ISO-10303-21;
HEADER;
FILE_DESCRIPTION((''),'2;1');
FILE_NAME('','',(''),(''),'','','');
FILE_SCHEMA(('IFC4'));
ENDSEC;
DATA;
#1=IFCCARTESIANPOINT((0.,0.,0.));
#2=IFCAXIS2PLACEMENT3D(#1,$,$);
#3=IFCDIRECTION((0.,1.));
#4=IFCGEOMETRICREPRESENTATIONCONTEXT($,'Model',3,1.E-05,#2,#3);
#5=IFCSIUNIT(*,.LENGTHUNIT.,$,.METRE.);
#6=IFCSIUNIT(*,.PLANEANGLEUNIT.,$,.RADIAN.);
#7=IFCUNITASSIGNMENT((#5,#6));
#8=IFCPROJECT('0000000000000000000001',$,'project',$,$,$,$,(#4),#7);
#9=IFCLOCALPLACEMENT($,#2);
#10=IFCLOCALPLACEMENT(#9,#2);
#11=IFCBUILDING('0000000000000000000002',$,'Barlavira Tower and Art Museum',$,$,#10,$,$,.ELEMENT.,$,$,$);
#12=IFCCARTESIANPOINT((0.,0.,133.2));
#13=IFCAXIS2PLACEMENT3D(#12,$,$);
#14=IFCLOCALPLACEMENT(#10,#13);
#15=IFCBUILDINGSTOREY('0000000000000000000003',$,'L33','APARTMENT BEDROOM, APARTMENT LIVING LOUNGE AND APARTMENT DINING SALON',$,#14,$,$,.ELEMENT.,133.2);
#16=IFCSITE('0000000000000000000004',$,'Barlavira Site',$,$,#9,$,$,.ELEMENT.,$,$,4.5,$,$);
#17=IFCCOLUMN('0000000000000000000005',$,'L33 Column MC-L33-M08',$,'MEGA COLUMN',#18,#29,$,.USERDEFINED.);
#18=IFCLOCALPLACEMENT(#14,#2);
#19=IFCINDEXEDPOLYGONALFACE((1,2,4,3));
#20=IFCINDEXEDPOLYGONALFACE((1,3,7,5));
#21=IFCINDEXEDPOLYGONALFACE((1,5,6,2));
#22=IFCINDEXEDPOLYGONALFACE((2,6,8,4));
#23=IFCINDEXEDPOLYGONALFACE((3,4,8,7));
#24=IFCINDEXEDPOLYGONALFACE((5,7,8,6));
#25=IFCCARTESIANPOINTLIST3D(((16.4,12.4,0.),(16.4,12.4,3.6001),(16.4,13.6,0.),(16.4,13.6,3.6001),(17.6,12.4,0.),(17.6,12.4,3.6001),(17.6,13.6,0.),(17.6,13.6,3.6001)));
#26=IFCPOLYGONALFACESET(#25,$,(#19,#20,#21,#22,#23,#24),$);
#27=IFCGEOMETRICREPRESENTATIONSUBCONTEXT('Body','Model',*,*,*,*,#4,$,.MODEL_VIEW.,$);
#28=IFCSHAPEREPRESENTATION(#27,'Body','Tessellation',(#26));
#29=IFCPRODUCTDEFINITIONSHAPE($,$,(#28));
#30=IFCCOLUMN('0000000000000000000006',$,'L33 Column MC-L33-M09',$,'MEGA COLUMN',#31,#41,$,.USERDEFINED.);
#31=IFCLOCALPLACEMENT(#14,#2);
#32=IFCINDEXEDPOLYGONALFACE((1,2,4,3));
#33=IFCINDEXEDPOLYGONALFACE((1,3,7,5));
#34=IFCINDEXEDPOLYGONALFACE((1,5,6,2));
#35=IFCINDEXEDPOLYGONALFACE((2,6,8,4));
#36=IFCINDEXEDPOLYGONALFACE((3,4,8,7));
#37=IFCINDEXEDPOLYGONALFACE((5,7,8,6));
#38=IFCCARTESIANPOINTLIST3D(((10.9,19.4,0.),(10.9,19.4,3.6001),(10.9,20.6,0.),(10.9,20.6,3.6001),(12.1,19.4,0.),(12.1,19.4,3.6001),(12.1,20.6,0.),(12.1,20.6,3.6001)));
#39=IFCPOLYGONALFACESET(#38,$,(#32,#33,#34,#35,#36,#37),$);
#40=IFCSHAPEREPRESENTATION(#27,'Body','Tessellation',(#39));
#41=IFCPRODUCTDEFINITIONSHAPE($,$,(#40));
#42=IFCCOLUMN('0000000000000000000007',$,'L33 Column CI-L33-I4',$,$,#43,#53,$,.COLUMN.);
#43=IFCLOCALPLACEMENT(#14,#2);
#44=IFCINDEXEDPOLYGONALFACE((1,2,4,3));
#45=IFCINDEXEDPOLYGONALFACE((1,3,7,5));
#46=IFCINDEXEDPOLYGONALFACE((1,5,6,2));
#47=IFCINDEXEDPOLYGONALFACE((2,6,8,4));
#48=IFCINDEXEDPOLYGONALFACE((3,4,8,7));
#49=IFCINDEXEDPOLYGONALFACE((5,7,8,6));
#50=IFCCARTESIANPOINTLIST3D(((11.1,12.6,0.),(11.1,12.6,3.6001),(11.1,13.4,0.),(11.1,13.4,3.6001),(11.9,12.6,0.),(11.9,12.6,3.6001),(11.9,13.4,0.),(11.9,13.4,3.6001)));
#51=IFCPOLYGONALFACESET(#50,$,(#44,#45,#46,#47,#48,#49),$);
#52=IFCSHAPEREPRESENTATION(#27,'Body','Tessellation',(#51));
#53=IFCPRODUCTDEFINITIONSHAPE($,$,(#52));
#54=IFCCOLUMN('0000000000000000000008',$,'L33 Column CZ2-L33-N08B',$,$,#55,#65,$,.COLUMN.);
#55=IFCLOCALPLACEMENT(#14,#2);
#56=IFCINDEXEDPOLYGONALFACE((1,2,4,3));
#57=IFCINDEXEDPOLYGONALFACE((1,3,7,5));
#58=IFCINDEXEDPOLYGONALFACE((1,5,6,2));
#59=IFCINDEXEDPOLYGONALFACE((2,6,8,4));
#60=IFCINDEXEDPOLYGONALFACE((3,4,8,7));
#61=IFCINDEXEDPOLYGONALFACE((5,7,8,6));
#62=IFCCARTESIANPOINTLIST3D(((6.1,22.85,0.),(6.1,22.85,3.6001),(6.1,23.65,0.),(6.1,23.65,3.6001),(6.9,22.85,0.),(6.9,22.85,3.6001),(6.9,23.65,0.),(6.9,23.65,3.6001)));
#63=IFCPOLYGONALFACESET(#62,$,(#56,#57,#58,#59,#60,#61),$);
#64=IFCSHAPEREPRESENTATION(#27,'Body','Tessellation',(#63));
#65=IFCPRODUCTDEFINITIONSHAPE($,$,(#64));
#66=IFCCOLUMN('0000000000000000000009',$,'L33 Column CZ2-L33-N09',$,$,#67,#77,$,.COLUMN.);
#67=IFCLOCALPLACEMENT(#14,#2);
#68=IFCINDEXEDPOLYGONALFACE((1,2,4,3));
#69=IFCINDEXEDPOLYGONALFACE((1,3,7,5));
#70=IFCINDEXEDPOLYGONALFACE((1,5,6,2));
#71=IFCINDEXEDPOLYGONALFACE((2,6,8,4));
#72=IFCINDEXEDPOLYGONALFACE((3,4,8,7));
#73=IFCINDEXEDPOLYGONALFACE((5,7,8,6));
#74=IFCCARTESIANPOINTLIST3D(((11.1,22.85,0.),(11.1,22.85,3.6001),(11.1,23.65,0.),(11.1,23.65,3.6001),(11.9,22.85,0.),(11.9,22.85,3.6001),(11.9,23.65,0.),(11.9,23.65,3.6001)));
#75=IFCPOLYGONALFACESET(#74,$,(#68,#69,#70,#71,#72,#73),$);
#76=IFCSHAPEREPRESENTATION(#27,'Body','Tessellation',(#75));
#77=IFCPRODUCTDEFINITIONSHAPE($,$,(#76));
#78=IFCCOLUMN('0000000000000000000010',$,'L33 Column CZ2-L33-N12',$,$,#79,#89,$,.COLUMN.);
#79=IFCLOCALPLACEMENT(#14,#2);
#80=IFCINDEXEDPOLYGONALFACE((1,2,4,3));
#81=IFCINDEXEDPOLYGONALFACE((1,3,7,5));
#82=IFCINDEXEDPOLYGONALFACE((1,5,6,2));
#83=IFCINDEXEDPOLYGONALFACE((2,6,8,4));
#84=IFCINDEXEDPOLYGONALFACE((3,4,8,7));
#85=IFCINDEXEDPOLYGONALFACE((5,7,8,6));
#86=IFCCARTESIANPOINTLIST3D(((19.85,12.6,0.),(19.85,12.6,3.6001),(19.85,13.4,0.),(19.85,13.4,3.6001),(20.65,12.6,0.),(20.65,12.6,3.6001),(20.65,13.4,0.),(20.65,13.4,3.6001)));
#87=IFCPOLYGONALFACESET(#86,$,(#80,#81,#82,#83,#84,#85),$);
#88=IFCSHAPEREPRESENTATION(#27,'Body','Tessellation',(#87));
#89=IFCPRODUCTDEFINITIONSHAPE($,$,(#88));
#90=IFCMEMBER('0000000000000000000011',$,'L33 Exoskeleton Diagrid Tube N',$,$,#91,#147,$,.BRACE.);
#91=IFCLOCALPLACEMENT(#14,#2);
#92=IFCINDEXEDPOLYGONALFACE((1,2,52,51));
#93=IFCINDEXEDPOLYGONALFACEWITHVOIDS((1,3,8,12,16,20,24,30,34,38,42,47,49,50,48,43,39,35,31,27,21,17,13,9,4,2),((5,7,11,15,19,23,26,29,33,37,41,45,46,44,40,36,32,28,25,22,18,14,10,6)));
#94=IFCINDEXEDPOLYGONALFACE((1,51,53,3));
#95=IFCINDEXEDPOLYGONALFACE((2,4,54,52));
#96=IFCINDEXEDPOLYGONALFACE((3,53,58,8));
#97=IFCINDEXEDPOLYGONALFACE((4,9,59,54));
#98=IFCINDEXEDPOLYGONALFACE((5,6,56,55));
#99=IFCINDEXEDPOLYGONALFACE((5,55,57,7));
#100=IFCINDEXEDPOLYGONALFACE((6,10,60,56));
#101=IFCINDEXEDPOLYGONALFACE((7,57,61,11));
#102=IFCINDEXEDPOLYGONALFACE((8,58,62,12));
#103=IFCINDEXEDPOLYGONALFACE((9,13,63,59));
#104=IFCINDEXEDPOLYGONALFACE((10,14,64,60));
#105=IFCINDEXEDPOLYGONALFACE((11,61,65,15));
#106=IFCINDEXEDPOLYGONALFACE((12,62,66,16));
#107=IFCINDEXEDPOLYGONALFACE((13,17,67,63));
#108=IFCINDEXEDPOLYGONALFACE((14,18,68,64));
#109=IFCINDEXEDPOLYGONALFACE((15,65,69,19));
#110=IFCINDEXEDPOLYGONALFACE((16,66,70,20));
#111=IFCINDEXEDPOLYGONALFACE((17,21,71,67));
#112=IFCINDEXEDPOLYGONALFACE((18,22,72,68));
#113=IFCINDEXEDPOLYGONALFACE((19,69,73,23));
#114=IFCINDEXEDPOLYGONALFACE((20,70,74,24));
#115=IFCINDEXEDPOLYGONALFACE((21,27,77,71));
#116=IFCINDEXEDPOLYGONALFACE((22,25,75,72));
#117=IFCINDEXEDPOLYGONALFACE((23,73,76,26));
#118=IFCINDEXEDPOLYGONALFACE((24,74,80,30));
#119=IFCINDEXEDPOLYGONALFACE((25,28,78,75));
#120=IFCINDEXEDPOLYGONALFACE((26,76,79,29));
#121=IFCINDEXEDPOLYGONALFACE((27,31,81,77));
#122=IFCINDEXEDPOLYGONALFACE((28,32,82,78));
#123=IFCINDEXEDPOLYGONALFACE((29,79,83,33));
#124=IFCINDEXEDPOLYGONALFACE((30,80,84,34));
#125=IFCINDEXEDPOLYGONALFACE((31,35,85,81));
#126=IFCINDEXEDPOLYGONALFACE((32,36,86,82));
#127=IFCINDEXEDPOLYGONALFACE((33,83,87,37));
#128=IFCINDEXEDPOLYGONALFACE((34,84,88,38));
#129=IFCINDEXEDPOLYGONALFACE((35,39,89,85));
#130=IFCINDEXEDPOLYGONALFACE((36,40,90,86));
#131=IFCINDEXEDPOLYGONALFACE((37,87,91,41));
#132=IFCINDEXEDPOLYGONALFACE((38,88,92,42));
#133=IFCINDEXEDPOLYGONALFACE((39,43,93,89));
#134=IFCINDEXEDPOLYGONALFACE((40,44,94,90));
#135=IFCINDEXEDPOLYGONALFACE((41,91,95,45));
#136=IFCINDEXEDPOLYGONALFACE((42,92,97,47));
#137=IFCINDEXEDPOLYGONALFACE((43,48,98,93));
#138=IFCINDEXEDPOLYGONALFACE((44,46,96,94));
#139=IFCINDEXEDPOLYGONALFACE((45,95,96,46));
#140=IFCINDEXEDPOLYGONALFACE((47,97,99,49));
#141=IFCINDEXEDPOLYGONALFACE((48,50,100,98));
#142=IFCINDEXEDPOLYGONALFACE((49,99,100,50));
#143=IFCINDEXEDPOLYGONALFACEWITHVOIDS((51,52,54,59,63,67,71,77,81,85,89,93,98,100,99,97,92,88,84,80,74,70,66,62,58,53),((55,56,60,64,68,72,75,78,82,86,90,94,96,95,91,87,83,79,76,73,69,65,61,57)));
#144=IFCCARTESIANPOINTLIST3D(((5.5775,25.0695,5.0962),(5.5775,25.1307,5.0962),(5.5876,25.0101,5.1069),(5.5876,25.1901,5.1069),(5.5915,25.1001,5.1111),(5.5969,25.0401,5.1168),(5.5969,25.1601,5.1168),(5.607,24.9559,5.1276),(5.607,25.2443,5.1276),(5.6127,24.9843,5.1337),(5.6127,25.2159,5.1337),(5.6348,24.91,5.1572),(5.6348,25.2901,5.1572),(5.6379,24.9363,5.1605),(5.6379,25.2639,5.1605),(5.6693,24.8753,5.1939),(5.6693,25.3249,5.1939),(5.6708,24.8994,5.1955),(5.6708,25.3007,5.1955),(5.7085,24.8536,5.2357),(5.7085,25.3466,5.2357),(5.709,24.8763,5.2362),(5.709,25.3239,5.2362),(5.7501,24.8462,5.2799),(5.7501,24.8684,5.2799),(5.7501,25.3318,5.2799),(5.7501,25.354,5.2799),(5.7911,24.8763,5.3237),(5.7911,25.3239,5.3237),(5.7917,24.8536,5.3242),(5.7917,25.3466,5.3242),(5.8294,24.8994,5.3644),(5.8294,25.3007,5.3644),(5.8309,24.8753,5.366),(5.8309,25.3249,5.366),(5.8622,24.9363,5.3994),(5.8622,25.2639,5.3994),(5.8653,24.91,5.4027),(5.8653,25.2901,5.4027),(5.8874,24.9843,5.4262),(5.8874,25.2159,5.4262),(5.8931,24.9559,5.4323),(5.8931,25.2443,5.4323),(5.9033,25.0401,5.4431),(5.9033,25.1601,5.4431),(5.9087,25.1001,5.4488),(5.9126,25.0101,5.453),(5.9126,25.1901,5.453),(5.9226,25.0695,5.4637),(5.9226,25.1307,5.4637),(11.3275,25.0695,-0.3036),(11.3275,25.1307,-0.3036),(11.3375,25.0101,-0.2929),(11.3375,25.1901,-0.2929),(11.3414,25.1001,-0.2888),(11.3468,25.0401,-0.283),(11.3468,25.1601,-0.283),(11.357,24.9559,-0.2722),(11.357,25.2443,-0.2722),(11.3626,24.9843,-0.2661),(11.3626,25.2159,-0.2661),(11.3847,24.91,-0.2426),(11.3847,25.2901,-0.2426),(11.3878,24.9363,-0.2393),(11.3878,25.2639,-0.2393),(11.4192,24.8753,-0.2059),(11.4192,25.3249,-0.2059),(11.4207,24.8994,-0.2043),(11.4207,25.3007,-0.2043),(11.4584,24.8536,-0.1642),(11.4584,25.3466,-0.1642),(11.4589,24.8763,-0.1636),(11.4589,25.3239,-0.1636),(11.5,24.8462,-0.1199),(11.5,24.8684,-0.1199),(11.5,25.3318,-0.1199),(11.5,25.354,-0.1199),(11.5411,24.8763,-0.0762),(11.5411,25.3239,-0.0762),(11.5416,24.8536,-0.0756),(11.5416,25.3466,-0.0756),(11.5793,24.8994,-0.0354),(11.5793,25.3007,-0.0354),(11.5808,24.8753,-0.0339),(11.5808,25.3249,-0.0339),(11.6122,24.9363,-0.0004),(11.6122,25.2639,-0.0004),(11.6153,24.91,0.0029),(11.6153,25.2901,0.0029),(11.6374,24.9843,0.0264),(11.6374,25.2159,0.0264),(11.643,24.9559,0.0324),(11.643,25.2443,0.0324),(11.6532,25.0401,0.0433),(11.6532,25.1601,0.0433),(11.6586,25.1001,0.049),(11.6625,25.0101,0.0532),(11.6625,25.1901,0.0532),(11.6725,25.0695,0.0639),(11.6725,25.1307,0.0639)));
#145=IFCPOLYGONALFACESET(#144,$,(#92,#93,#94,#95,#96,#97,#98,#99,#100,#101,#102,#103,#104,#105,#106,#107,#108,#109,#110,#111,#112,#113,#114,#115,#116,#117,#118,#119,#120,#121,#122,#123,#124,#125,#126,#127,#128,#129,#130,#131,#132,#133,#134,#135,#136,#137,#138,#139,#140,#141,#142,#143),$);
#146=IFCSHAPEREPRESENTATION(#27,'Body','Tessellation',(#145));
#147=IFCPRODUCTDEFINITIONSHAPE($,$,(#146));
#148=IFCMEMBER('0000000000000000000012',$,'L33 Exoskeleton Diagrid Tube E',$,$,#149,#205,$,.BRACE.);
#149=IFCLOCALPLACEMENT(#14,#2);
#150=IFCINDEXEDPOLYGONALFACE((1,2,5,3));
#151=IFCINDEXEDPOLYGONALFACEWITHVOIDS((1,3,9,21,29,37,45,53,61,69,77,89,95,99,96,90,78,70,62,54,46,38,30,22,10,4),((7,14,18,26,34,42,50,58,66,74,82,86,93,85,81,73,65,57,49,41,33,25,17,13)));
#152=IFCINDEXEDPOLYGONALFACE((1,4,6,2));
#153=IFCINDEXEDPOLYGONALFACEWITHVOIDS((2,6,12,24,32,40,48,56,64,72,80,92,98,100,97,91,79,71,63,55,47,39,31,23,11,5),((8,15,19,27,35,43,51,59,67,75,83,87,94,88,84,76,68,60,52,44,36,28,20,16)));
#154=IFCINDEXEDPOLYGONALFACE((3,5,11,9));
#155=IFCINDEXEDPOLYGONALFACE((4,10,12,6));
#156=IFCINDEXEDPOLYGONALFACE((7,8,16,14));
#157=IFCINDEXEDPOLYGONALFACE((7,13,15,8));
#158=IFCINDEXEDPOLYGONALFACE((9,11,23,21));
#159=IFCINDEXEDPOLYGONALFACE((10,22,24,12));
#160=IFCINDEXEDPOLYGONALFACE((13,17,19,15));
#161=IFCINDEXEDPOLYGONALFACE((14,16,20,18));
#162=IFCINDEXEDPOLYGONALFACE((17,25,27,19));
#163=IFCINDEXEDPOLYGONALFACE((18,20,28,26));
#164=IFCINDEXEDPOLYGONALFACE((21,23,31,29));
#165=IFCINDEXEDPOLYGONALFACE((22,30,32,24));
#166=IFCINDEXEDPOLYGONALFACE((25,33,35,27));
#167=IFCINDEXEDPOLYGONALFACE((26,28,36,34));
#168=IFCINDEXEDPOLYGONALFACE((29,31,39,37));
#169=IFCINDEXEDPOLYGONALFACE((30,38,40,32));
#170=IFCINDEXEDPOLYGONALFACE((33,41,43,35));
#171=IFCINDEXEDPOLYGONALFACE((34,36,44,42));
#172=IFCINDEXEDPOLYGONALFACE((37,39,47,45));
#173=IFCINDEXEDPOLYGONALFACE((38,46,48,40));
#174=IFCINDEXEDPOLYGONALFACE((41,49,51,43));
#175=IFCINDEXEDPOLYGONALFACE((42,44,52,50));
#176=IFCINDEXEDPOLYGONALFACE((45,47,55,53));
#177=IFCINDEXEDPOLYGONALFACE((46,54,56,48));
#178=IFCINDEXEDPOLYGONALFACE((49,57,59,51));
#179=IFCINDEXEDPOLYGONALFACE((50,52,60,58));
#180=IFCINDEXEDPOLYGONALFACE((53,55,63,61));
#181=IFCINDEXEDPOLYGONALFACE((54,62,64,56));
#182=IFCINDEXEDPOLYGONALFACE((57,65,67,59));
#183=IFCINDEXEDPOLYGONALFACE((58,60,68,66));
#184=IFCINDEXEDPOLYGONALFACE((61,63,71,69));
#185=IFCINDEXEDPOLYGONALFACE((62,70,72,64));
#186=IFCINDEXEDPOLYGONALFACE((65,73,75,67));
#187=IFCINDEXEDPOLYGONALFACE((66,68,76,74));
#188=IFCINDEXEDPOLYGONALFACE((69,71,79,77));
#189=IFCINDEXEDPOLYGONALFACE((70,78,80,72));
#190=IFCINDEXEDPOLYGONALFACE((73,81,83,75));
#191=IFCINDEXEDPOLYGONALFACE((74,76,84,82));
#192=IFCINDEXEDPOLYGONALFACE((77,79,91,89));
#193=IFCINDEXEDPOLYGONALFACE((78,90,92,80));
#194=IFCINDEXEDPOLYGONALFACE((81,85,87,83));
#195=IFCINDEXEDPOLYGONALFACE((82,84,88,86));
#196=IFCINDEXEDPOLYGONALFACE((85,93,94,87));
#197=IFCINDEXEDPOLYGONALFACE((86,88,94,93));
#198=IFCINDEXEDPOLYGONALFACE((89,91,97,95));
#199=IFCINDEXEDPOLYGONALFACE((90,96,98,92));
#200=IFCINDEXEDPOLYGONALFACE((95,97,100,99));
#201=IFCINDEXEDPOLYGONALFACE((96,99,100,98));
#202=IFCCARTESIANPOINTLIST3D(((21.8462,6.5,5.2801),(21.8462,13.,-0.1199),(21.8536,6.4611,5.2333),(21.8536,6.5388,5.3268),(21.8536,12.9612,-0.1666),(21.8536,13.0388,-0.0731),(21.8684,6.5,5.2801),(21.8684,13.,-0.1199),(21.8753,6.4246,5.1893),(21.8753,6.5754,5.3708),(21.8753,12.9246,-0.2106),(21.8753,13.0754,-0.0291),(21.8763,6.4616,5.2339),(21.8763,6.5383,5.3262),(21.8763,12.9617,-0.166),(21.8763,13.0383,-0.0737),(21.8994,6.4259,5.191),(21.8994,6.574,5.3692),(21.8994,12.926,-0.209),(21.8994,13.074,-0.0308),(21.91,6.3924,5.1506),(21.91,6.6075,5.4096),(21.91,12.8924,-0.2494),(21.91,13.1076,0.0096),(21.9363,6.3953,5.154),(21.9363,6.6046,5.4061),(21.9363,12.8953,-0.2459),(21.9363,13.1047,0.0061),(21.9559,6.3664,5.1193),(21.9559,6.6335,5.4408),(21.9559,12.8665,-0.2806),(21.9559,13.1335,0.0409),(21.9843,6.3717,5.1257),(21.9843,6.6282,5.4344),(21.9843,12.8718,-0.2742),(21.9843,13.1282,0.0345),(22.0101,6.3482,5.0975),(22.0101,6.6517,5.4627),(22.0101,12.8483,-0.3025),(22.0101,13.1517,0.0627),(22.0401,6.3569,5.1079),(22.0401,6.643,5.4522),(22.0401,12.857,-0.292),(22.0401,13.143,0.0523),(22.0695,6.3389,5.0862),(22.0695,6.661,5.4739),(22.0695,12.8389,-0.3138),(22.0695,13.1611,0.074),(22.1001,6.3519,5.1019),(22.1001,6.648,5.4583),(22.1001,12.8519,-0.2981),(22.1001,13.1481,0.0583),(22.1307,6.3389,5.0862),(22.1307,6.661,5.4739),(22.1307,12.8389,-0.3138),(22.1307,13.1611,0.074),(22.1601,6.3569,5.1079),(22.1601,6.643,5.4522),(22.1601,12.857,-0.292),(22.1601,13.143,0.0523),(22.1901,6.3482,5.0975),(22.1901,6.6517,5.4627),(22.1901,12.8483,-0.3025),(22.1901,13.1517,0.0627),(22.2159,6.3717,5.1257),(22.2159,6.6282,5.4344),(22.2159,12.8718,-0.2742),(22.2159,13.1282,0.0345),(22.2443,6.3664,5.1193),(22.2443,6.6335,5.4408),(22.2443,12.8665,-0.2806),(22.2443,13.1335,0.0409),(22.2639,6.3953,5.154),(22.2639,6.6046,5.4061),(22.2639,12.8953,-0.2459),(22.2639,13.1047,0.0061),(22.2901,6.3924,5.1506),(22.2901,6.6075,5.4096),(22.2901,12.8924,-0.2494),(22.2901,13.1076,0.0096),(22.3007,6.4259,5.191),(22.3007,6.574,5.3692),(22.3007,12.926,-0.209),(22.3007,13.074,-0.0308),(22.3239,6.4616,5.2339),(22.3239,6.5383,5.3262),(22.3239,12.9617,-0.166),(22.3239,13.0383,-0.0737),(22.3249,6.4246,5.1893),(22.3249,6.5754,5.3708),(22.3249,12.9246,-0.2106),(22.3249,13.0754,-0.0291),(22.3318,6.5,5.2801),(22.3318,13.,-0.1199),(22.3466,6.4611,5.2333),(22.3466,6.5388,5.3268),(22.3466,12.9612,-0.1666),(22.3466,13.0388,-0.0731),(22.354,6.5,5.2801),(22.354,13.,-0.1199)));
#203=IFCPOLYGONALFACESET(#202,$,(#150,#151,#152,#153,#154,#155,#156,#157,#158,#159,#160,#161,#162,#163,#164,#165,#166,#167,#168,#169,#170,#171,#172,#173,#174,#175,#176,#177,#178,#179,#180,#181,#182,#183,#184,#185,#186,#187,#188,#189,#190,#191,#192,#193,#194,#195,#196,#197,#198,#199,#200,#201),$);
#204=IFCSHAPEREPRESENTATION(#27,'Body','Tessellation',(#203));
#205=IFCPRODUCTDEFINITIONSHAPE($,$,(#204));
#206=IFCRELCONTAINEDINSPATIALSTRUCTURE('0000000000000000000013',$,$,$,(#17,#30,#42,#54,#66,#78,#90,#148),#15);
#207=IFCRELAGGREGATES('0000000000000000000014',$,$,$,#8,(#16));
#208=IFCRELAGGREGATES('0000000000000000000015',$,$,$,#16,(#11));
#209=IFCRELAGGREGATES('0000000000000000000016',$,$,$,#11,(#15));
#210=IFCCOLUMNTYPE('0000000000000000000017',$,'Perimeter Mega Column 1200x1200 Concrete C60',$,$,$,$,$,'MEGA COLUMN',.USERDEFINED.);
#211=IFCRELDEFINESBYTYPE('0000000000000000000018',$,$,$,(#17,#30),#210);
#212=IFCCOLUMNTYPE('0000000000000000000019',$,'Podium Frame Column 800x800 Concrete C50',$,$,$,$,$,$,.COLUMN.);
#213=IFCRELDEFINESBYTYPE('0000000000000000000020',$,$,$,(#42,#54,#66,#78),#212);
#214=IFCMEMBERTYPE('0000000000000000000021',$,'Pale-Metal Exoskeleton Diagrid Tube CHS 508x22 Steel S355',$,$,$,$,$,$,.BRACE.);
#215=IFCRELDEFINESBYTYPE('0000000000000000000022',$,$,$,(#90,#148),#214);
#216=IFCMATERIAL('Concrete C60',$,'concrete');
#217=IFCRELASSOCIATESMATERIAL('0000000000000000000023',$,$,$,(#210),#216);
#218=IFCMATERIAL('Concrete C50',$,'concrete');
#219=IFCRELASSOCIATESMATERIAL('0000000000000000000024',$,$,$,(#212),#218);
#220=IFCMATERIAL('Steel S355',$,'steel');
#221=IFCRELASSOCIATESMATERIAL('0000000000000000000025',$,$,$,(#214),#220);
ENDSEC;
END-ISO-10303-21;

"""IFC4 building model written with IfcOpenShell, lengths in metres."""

from ifc_helpers import new_model, si_unit, direction, frame, origin, origin_2d, place, context, subcontext, project, spatial, rectangle, hollow_circle, extrude, material, material_profile, profile_set, type_object, element, save


model = new_model("IFC4")

# Units and contexts
model_context = context("Model", 3, precision=1e-05, world=origin(), true_north=direction((0.0, 1.0)))
body_context = subcontext(model_context, "Body", "Model", "MODEL_VIEW")
ifc_project = project(units=[si_unit("LENGTHUNIT", "METRE"), si_unit("PLANEANGLEUNIT", "RADIAN")], contexts=[model_context])

# Site, building, storey
site_placement = place(None, origin())
site = spatial("IfcSite", under=ifc_project, at=site_placement, Name="Barlavira Site", CompositionType="ELEMENT", RefElevation=4.5)
building_placement = place(site_placement, origin())
building = spatial("IfcBuilding", under=site, at=building_placement, Name="Barlavira Tower and Art Museum", CompositionType="ELEMENT")
storey_placement = place(building_placement, frame((0.0, 0.0, 133.2)))
storey = spatial("IfcBuildingStorey", under=building, at=storey_placement, Name="L33", Description="APARTMENT BEDROOM, APARTMENT LIVING LOUNGE AND APARTMENT DINING SALON", CompositionType="ELEMENT", Elevation=133.2)

# Columns
ifc_material_1 = material(Name="Concrete C60", Category="concrete")
ifc_material_profile_1 = material_profile(ifc_material_1, rectangle(XDim=1.2, YDim=1.2, at=origin_2d()), Name="RC-COL 1200x1200")
ifc_profile_set_1 = profile_set([ifc_material_profile_1], Name="Concrete C60")
column_type_1 = type_object("IfcColumnType", Name="Perimeter Mega Column 1200x1200 Concrete C60", ElementType="MEGA COLUMN", PredefinedType="USERDEFINED", material=ifc_profile_set_1)
for number, where, z_axis, x_axis, name in (
    (1, (17.0, 13.0, 0.0), (0.0, 0.0, 1.0), (1.0, 0.0, 0.0), "L33 Column MC-L33-M08"),
    (2, (11.5, 20.0, 0.0), (0.0, 0.0, 1.0), (1.0, 0.0, 0.0), "L33 Column MC-L33-M09"),
):
    element("IfcColumn", number, at=place(storey_placement, frame(where, z_axis=z_axis, x_axis=x_axis)), inside=storey, type_object=column_type_1, Name=name, ObjectType="MEGA COLUMN", PredefinedType="USERDEFINED", context=body_context, shape_type="SweptSolid", body=[
        extrude(rectangle(XDim=1.2, YDim=1.2, at=origin_2d()), origin(), (0.0, 0.0, 1.0), 3.6001),
    ])
ifc_material_2 = material(Name="Concrete C50", Category="concrete")
ifc_material_profile_2 = material_profile(ifc_material_2, rectangle(XDim=0.8, YDim=0.8, at=origin_2d()), Name="RC-COL 800x800")
ifc_profile_set_2 = profile_set([ifc_material_profile_2], Name="Concrete C50")
column_type_2 = type_object("IfcColumnType", Name="Podium Frame Column 800x800 Concrete C50", PredefinedType="COLUMN", material=ifc_profile_set_2)
for number, where, z_axis, x_axis, name in (
    (3, (11.5, 13.0, 0.0), (0.0, 0.0, 1.0), (1.0, 0.0, 0.0), "L33 Column CI-L33-I4"),
    (4, (6.5, 23.25, 0.0), (0.0, 0.0, 1.0), (1.0, 0.0, 0.0), "L33 Column CZ2-L33-N08B"),
    (5, (11.5, 23.25, 0.0), (0.0, 0.0, 1.0), (1.0, 0.0, 0.0), "L33 Column CZ2-L33-N09"),
    (6, (20.25, 13.0, 0.0), (0.0, 0.0, 1.0), (1.0, 0.0, 0.0), "L33 Column CZ2-L33-N12"),
):
    element("IfcColumn", number, at=place(storey_placement, frame(where, z_axis=z_axis, x_axis=x_axis)), inside=storey, type_object=column_type_2, Name=name, PredefinedType="COLUMN", context=body_context, shape_type="SweptSolid", body=[
        extrude(rectangle(XDim=0.8, YDim=0.8, at=origin_2d()), origin(), (0.0, 0.0, 1.0), 3.6001),
    ])

# Members
ifc_material_3 = material(Name="Steel S355", Category="steel")
ifc_material_profile_3 = material_profile(ifc_material_3, hollow_circle(Radius=0.2539, WallThickness=0.0222, at=origin_2d()), Name="CHS 508.0x22.2")
ifc_profile_set_3 = profile_set([ifc_material_profile_3], Name="Steel S355")
member_type_1 = type_object("IfcMemberType", Name="Pale-Metal Exoskeleton Diagrid Tube CHS 508x22 Steel S355", PredefinedType="BRACE", material=ifc_profile_set_3)
member_1_placement = place(storey_placement, frame((11.5, 25.1001, -0.1199), z_axis=(-0.72895, 0.0, 0.684567), x_axis=(0.0, -1.0, 0.0)))
element("IfcMember", 7, at=member_1_placement, inside=storey, type_object=member_type_1, Name="L33 Exoskeleton Diagrid Tube N", PredefinedType="BRACE", context=body_context, shape_type="SweptSolid", body=[
    extrude(hollow_circle(Radius=0.2539, WallThickness=0.0222, at=origin_2d()), origin(), (0.0, 0.0, 1.0), 7.8879),
])
member_2_placement = place(storey_placement, frame((22.1001, 13.0, -0.1199), z_axis=(0.0, -0.769196, 0.639013), x_axis=(1.0, 0.0, 0.0)))
element("IfcMember", 8, at=member_2_placement, inside=storey, type_object=member_type_1, Name="L33 Exoskeleton Diagrid Tube E", PredefinedType="BRACE", context=body_context, shape_type="SweptSolid", body=[
    extrude(hollow_circle(Radius=0.2539, WallThickness=0.0222, at=origin_2d()), origin(), (0.0, 0.0, 1.0), 8.4504),
])

save(model, "model.ifc")
